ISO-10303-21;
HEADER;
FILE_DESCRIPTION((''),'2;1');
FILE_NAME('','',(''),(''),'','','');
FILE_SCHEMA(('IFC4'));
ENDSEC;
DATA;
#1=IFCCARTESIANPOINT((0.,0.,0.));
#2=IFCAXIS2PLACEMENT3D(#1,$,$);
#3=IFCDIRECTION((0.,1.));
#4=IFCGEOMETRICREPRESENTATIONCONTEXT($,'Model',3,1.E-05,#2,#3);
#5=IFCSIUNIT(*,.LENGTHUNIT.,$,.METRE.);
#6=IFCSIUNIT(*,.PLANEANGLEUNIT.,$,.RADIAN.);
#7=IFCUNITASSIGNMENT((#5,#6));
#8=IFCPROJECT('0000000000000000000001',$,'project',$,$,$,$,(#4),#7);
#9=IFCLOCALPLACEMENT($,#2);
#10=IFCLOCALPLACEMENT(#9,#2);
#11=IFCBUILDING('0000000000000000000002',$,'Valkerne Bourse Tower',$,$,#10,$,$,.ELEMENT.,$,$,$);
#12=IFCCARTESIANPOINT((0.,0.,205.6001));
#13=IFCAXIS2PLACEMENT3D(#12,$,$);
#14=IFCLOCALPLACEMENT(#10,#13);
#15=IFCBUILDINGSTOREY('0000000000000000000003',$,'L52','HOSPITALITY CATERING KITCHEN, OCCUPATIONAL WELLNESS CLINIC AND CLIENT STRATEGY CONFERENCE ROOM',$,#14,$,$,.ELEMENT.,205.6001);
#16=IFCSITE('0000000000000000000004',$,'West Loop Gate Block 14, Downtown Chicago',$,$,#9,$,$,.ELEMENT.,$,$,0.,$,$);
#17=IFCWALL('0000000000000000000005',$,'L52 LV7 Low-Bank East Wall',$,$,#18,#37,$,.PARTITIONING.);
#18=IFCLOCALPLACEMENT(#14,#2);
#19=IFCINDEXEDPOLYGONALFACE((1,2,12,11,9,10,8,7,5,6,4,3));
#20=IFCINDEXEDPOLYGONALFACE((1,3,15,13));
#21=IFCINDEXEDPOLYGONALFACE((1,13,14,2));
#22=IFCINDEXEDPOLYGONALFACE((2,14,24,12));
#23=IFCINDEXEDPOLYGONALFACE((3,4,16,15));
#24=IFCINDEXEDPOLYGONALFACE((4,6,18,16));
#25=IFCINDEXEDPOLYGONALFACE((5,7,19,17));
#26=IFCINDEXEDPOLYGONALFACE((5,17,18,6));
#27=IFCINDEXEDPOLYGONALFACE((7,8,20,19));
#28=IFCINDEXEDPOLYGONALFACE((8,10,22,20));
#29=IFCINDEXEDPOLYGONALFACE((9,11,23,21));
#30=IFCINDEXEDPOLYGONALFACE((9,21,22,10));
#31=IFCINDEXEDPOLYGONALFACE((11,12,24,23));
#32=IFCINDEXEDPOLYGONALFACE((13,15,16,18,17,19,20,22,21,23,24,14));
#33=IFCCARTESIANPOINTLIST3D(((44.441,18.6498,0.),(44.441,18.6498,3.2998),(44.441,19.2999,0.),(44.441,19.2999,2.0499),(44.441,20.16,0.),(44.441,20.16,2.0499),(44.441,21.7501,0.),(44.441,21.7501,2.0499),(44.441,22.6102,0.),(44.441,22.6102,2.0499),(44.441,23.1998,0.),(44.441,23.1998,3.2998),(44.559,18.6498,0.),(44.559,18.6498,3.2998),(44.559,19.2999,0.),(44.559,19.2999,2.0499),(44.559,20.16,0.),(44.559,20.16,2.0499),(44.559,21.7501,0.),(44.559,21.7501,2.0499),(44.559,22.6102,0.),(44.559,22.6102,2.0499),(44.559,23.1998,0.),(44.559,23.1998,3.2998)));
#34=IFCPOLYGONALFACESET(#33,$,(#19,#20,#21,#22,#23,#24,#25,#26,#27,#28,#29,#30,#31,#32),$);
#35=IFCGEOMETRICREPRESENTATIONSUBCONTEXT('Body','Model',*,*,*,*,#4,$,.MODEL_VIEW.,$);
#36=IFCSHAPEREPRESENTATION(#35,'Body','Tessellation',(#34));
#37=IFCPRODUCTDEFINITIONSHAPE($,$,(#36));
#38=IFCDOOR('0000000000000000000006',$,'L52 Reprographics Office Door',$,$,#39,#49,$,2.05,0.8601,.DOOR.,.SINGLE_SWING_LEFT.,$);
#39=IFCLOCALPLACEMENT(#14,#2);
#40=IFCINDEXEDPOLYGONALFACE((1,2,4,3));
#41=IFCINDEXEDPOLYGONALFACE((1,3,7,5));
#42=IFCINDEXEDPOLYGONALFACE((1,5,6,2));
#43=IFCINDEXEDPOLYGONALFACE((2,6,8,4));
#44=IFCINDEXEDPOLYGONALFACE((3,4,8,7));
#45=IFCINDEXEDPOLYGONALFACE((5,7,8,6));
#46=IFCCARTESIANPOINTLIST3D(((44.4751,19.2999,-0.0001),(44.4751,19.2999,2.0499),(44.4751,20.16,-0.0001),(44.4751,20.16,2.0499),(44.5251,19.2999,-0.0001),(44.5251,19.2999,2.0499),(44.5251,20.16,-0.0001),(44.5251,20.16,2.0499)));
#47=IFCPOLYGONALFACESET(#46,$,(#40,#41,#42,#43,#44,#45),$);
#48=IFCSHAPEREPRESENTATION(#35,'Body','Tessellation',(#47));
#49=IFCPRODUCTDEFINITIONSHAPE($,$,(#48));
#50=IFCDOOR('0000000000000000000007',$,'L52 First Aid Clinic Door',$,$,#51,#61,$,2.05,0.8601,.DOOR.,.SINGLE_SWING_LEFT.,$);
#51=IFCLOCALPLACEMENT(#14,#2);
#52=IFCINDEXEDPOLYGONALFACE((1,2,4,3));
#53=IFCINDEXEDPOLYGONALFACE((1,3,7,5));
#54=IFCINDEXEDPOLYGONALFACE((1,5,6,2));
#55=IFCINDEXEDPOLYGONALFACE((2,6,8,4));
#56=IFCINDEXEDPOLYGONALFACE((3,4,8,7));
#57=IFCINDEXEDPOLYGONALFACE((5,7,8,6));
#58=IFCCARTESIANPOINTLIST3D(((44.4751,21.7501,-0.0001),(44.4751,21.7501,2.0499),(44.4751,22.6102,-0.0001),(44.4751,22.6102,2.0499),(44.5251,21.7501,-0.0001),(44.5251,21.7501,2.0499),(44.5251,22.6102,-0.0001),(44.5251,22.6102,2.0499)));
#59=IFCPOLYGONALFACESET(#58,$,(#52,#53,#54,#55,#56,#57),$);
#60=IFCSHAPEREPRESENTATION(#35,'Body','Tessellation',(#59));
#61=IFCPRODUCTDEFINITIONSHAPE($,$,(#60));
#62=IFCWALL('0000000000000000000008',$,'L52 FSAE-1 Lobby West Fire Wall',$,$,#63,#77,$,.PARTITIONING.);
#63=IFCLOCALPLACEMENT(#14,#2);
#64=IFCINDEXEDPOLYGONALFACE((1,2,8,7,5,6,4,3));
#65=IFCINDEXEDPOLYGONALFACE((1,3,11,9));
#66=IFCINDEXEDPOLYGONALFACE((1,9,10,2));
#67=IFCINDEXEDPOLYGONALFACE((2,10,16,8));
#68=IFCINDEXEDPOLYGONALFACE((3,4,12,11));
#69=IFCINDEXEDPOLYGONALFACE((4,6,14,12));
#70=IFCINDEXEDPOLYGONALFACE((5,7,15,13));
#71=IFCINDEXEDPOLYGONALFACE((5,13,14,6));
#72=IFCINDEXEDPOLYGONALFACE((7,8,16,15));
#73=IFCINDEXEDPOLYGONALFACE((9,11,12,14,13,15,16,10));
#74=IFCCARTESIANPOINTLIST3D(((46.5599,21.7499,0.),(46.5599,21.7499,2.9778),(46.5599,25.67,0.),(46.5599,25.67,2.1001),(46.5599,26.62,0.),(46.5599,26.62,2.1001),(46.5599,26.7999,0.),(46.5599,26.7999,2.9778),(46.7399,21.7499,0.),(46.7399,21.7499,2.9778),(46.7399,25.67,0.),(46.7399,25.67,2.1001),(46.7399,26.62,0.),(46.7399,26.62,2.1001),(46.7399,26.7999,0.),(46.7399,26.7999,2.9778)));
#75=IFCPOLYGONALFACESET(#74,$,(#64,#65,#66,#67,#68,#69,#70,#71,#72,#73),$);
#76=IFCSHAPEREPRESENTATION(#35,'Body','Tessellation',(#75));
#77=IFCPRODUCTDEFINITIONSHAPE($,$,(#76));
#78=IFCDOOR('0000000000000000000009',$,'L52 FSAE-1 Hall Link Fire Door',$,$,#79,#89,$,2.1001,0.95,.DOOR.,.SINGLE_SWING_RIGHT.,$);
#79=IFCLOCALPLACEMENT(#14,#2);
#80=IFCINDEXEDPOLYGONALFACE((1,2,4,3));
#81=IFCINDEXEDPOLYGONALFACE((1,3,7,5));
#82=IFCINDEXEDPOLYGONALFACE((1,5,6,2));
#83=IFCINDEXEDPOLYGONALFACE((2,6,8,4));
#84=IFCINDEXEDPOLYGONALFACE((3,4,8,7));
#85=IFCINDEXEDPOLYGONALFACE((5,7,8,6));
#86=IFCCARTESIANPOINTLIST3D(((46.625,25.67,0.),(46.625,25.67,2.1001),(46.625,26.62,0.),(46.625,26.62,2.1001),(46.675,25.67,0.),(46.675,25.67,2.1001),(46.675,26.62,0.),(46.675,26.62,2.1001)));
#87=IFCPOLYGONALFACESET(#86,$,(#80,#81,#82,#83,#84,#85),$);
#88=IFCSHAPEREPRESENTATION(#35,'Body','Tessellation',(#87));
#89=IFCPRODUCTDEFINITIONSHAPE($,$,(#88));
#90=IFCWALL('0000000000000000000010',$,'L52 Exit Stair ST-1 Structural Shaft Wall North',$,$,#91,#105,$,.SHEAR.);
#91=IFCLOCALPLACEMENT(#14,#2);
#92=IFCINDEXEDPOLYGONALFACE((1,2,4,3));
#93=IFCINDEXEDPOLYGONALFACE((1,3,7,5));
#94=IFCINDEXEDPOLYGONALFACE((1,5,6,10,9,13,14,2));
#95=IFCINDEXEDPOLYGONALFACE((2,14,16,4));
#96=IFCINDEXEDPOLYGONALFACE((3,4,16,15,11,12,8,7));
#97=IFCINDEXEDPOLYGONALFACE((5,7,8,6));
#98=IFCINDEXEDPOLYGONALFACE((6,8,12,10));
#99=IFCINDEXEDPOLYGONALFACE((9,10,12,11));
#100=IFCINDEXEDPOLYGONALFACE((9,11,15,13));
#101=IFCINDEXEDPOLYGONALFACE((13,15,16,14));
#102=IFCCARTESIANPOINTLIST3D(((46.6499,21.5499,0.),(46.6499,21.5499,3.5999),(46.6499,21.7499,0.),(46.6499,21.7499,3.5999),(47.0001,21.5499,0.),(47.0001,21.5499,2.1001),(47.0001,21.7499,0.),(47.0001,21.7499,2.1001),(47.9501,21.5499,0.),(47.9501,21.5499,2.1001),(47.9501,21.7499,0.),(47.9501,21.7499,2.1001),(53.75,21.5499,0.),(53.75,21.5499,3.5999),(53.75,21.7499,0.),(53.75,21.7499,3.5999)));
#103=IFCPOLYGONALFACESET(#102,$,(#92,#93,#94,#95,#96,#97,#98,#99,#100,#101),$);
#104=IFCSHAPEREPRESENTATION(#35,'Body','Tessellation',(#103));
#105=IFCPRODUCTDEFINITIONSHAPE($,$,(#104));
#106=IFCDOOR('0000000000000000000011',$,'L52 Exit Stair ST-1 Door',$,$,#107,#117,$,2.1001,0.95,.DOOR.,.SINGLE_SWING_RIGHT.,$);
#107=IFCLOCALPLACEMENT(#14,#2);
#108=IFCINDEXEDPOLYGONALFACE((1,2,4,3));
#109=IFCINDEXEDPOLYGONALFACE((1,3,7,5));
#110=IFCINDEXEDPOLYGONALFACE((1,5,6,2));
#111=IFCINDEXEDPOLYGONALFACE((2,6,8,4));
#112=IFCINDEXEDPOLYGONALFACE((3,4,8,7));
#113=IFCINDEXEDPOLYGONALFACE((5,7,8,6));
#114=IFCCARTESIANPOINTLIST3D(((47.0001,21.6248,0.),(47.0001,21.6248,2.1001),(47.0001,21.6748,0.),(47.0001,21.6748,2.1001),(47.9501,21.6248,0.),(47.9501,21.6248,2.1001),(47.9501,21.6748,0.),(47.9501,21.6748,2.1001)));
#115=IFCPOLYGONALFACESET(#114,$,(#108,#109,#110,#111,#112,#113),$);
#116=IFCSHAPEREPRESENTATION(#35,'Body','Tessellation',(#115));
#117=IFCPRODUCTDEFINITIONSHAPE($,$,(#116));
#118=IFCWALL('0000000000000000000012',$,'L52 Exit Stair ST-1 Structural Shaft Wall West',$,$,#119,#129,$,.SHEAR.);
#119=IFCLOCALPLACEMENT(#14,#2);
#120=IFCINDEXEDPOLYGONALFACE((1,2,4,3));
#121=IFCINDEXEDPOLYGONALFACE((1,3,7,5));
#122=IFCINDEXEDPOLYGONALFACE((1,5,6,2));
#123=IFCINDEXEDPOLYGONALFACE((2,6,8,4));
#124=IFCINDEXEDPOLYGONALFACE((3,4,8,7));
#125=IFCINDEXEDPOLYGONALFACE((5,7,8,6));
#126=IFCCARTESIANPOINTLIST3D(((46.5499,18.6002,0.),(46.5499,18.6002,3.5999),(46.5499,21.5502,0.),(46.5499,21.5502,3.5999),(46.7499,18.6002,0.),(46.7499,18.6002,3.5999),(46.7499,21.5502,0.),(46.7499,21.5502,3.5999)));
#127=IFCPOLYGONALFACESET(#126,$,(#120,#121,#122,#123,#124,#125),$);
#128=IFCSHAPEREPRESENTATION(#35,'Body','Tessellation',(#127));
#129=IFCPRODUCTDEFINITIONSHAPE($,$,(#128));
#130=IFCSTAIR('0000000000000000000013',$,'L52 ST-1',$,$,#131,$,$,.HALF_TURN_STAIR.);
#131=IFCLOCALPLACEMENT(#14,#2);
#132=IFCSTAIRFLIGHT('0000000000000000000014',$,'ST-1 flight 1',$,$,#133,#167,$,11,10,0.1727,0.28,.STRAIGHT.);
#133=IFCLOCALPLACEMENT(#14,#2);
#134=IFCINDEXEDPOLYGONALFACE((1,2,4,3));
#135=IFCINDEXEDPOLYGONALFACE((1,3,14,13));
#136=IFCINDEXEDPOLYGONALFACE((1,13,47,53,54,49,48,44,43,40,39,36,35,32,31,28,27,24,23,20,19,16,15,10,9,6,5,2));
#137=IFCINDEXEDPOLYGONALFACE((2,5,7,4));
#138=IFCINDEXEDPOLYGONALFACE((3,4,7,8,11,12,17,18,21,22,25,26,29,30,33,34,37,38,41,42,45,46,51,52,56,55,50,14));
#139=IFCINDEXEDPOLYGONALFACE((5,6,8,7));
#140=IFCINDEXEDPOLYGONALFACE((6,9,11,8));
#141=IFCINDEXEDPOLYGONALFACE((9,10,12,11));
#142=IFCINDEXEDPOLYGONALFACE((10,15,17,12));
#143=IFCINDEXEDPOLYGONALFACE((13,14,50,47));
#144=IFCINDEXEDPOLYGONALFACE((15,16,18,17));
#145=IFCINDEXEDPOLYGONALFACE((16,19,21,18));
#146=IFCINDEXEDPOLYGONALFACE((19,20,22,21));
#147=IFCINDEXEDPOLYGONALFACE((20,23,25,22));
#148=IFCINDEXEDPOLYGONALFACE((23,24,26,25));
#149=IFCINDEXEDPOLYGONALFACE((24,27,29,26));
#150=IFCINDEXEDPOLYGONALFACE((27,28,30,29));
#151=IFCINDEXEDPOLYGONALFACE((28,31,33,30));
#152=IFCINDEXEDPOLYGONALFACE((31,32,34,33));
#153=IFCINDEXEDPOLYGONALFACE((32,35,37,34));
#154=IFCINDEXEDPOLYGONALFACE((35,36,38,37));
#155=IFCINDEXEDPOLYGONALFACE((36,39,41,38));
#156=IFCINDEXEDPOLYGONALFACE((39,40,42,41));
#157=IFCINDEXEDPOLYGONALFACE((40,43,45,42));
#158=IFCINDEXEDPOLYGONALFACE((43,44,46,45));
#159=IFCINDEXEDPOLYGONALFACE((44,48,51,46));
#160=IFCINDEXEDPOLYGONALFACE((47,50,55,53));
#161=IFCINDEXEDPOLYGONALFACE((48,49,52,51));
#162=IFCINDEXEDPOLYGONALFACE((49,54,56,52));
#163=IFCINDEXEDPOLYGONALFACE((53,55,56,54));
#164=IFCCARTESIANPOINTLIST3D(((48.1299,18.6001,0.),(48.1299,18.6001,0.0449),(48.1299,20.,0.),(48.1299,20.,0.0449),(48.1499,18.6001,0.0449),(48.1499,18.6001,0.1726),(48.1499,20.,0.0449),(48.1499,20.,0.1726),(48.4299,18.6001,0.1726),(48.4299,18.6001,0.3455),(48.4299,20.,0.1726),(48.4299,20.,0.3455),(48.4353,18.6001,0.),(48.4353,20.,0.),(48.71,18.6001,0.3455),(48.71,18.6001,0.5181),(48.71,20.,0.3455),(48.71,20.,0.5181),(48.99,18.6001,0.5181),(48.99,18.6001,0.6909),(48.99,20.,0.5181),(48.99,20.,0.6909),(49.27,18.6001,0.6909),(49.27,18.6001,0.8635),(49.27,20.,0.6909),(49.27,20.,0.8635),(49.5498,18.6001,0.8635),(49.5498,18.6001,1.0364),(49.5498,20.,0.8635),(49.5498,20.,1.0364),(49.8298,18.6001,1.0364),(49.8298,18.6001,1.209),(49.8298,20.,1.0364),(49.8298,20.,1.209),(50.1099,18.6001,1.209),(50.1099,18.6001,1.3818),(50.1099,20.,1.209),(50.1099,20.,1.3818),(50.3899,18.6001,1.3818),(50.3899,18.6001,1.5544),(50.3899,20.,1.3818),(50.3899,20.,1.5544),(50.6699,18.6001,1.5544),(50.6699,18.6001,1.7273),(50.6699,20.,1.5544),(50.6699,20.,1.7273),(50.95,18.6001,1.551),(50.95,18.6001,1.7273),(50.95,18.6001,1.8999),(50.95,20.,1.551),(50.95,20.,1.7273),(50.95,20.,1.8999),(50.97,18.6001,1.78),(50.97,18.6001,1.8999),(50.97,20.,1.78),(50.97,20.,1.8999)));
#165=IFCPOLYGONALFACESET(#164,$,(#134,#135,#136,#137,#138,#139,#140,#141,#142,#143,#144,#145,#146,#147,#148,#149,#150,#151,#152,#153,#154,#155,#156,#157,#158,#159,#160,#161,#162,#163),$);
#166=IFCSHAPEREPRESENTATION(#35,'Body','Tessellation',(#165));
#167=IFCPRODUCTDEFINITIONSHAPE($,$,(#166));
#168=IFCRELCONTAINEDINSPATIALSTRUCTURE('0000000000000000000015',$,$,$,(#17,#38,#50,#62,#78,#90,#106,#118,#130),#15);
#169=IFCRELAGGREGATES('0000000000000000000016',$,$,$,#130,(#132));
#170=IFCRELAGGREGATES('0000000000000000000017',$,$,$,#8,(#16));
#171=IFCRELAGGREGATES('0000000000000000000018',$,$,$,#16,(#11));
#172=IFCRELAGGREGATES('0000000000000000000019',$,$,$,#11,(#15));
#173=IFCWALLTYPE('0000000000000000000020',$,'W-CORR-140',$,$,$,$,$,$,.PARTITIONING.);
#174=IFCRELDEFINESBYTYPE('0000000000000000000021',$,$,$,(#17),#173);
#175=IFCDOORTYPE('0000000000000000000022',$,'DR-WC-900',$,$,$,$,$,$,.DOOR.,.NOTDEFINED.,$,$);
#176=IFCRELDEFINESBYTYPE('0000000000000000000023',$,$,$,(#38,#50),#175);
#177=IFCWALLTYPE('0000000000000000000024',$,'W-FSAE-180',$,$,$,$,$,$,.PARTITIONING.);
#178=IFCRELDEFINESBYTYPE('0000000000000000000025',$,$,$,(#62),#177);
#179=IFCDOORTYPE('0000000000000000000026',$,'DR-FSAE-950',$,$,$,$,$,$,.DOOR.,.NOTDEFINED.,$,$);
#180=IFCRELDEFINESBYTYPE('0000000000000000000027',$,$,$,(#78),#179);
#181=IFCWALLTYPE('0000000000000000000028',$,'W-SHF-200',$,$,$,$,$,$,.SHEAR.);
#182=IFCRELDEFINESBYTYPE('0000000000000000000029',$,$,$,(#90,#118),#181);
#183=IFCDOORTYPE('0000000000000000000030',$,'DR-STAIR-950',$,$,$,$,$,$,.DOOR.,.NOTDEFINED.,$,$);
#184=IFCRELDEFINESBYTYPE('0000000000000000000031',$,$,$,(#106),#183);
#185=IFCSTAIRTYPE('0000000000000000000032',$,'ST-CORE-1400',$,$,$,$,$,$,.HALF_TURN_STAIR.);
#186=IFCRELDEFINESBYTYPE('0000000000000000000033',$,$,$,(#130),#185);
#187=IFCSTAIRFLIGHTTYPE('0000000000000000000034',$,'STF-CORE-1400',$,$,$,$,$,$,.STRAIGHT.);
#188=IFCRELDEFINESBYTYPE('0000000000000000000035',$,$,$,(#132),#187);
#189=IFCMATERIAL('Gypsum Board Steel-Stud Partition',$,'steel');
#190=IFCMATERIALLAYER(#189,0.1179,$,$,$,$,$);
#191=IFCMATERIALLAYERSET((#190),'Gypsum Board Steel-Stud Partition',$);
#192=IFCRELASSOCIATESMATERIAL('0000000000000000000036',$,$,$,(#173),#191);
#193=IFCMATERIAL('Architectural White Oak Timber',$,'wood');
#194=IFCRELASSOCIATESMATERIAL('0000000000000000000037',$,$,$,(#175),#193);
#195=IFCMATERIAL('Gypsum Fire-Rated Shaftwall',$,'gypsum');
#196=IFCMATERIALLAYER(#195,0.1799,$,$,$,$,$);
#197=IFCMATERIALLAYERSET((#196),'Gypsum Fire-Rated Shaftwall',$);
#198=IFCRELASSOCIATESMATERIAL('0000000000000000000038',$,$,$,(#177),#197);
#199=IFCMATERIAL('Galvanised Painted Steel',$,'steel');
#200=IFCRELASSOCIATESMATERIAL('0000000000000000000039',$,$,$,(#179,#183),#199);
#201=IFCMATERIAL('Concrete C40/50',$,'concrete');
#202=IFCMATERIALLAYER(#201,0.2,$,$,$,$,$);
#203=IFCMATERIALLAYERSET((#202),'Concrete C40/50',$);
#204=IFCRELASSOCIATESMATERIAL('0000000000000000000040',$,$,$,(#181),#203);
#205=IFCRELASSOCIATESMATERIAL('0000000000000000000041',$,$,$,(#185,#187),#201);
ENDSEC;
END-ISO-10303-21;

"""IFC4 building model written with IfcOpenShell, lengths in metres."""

from ifc_helpers import new_model, si_unit, direction, frame, frame_2d, origin, place, context, subcontext, project, spatial, polyline, rectangle, outline, extrude, material, layer, layer_set, type_object, element, fill, aggregate, save


model = new_model("IFC4")

# Units and contexts
model_context = context("Model", 3, precision=1e-05, world=origin(), true_north=direction((0.0, 1.0)))
body_context = subcontext(model_context, "Body", "Model", "MODEL_VIEW")
ifc_project = project(units=[si_unit("LENGTHUNIT", "METRE"), si_unit("PLANEANGLEUNIT", "RADIAN")], contexts=[model_context])

# Site, building, storey
site_placement = place(None, origin())
site = spatial("IfcSite", under=ifc_project, at=site_placement, Name="West Loop Gate Block 14, Downtown Chicago", CompositionType="ELEMENT", RefElevation=0.0)
building_placement = place(site_placement, origin())
building = spatial("IfcBuilding", under=site, at=building_placement, Name="Valkerne Bourse Tower", CompositionType="ELEMENT")
storey_placement = place(building_placement, frame((0.0, 0.0, 205.6001)))
storey = spatial("IfcBuildingStorey", under=building, at=storey_placement, Name="L52", Description="HOSPITALITY CATERING KITCHEN, OCCUPATIONAL WELLNESS CLINIC AND CLIENT STRATEGY CONFERENCE ROOM", CompositionType="ELEMENT", Elevation=205.6001)

# Wall, openings, doors
ifc_material_1 = material(Name="Gypsum Board Steel-Stud Partition", Category="steel")
ifc_layer_1 = layer(ifc_material_1, 0.1179)
ifc_layer_set_1 = layer_set([ifc_layer_1], Name="Gypsum Board Steel-Stud Partition")
wall_type_1 = type_object("IfcWallType", Name="W-CORR-140", PredefinedType="PARTITIONING", material=ifc_layer_set_1)
wall_1_placement = place(storey_placement, frame((44.5, 18.6499, 0.0), z_axis=(0.0, 0.0, 1.0), x_axis=(0.0, 1.0, 0.0)))
wall_1 = element("IfcWall", 1, at=wall_1_placement, inside=storey, type_object=wall_type_1, Name="L52 LV7 Low-Bank East Wall", PredefinedType="PARTITIONING", context=body_context, shape_type="SweptSolid", body=[
    extrude(rectangle(XDim=4.55, YDim=0.1179, at=frame_2d((2.2749, 0.0))), origin(), (0.0, 0.0, 1.0), 3.2998),
])
opening_1_placement = place(wall_1_placement, frame((0.6499, 0.0, 0.0)))
opening_1 = element("IfcOpeningElement", 2, at=opening_1_placement, cuts=wall_1, PredefinedType="OPENING", context=body_context, shape_type="SweptSolid", body=[
    extrude(rectangle(XDim=0.8601, YDim=2.05, at=frame_2d((0.4302, 1.0249))), frame((0.0, 0.0688, 0.0), z_axis=(0.0, -1.0, 0.0), x_axis=(1.0, 0.0, 0.0)), (0.0, 0.0, 1.0), 0.1379),
])
opening_2_placement = place(wall_1_placement, frame((3.1001, 0.0, 0.0)))
opening_2 = element("IfcOpeningElement", 3, at=opening_2_placement, cuts=wall_1, PredefinedType="OPENING", context=body_context, shape_type="SweptSolid", body=[
    extrude(rectangle(XDim=0.8601, YDim=2.05, at=frame_2d((0.4302, 1.0249))), frame((0.0, 0.0688, 0.0), z_axis=(0.0, -1.0, 0.0), x_axis=(1.0, 0.0, 0.0)), (0.0, 0.0, 1.0), 0.1379),
])
ifc_material_2 = material(Name="Architectural White Oak Timber", Category="wood")
door_type_1 = type_object("IfcDoorType", Name="DR-WC-900", OperationType="NOTDEFINED", PredefinedType="DOOR", material=ifc_material_2)
door_1_placement = place(opening_1_placement, origin())
door_1 = element("IfcDoor", 4, at=door_1_placement, inside=storey, type_object=door_type_1, Name="L52 Reprographics Office Door", OperationType="SINGLE_SWING_LEFT", OverallHeight=2.05, OverallWidth=0.8601, PredefinedType="DOOR", context=body_context, shape_type="SweptSolid", body=[
    extrude(rectangle(XDim=0.8601, YDim=2.05, at=frame_2d((0.4302, 1.0249))), frame((0.0, 0.0249, 0.0), z_axis=(0.0, -1.0, 0.0), x_axis=(1.0, 0.0, 0.0)), (0.0, 0.0, 1.0), 0.05),
])
fill(opening_1, door_1)
door_2_placement = place(opening_2_placement, origin())
door_2 = element("IfcDoor", 5, at=door_2_placement, inside=storey, type_object=door_type_1, Name="L52 First Aid Clinic Door", OperationType="SINGLE_SWING_LEFT", OverallHeight=2.05, OverallWidth=0.8601, PredefinedType="DOOR", context=body_context, shape_type="SweptSolid", body=[
    extrude(rectangle(XDim=0.8601, YDim=2.05, at=frame_2d((0.4302, 1.0249))), frame((0.0, 0.0249, 0.0), z_axis=(0.0, -1.0, 0.0), x_axis=(1.0, 0.0, 0.0)), (0.0, 0.0, 1.0), 0.05),
])
fill(opening_2, door_2)

# Wall, opening, door
ifc_material_3 = material(Name="Gypsum Fire-Rated Shaftwall", Category="gypsum")
ifc_layer_2 = layer(ifc_material_3, 0.1799)
ifc_layer_set_2 = layer_set([ifc_layer_2], Name="Gypsum Fire-Rated Shaftwall")
wall_type_2 = type_object("IfcWallType", Name="W-FSAE-180", PredefinedType="PARTITIONING", material=ifc_layer_set_2)
wall_2_placement = place(storey_placement, frame((46.6499, 21.75, 0.0), z_axis=(0.0, 0.0, 1.0), x_axis=(0.0, 1.0, 0.0)))
wall_2 = element("IfcWall", 6, at=wall_2_placement, inside=storey, type_object=wall_type_2, Name="L52 FSAE-1 Lobby West Fire Wall", PredefinedType="PARTITIONING", context=body_context, shape_type="SweptSolid", body=[
    extrude(rectangle(XDim=5.05, YDim=0.1799, at=frame_2d((2.5249, 0.0))), origin(), (0.0, 0.0, 1.0), 2.9778),
])
opening_3_placement = place(wall_2_placement, frame((3.9199, 0.0, 0.0)))
opening_3 = element("IfcOpeningElement", 7, at=opening_3_placement, cuts=wall_2, PredefinedType="OPENING", context=body_context, shape_type="SweptSolid", body=[
    extrude(rectangle(XDim=0.95, YDim=2.1001, at=frame_2d((0.4751, 1.05))), frame((0.0, 0.0999, 0.0), z_axis=(0.0, -1.0, 0.0), x_axis=(1.0, 0.0, 0.0)), (0.0, 0.0, 1.0), 0.2),
])
ifc_material_4 = material(Name="Galvanised Painted Steel", Category="steel")
door_type_2 = type_object("IfcDoorType", Name="DR-FSAE-950", OperationType="NOTDEFINED", PredefinedType="DOOR", material=ifc_material_4)
door_3_placement = place(opening_3_placement, origin())
door_3 = element("IfcDoor", 8, at=door_3_placement, inside=storey, type_object=door_type_2, Name="L52 FSAE-1 Hall Link Fire Door", OperationType="SINGLE_SWING_RIGHT", OverallHeight=2.1001, OverallWidth=0.95, PredefinedType="DOOR", context=body_context, shape_type="SweptSolid", body=[
    extrude(rectangle(XDim=0.95, YDim=2.1001, at=frame_2d((0.4751, 1.05))), frame((0.0, 0.0249, 0.0), z_axis=(0.0, -1.0, 0.0), x_axis=(1.0, 0.0, 0.0)), (0.0, 0.0, 1.0), 0.05),
])
fill(opening_3, door_3)

# Wall, opening, door
ifc_material_5 = material(Name="Concrete C40/50", Category="concrete")
ifc_layer_3 = layer(ifc_material_5, 0.2)
ifc_layer_set_3 = layer_set([ifc_layer_3], Name="Concrete C40/50")
wall_type_3 = type_object("IfcWallType", Name="W-SHF-200", PredefinedType="SHEAR", material=ifc_layer_set_3)
wall_3_placement = place(storey_placement, frame((46.6499, 21.6499, 0.0), z_axis=(0.0, 0.0, 1.0), x_axis=(1.0, 0.0, 0.0)))
wall_3 = element("IfcWall", 9, at=wall_3_placement, inside=storey, type_object=wall_type_3, Name="L52 Exit Stair ST-1 Structural Shaft Wall North", PredefinedType="SHEAR", context=body_context, shape_type="SweptSolid", body=[
    extrude(rectangle(XDim=7.1001, YDim=0.2, at=frame_2d((3.55, 0.0))), origin(), (0.0, 0.0, 1.0), 3.5999),
])
opening_4_placement = place(wall_3_placement, frame((0.3501, 0.0, 0.0)))
opening_4 = element("IfcOpeningElement", 10, at=opening_4_placement, cuts=wall_3, PredefinedType="OPENING", context=body_context, shape_type="SweptSolid", body=[
    extrude(rectangle(XDim=0.95, YDim=2.1001, at=frame_2d((0.4751, 1.05))), frame((0.0, 0.1099, 0.0), z_axis=(0.0, -1.0, 0.0), x_axis=(1.0, 0.0, 0.0)), (0.0, 0.0, 1.0), 0.22),
])
door_type_3 = type_object("IfcDoorType", Name="DR-STAIR-950", OperationType="NOTDEFINED", PredefinedType="DOOR", material=ifc_material_4)
door_4_placement = place(opening_4_placement, origin())
door_4 = element("IfcDoor", 11, at=door_4_placement, inside=storey, type_object=door_type_3, Name="L52 Exit Stair ST-1 Door", OperationType="SINGLE_SWING_RIGHT", OverallHeight=2.1001, OverallWidth=0.95, PredefinedType="DOOR", context=body_context, shape_type="SweptSolid", body=[
    extrude(rectangle(XDim=0.95, YDim=2.1001, at=frame_2d((0.4751, 1.05))), frame((0.0, 0.0249, 0.0), z_axis=(0.0, -1.0, 0.0), x_axis=(1.0, 0.0, 0.0)), (0.0, 0.0, 1.0), 0.05),
])
fill(opening_4, door_4)

# Wall
wall_4_placement = place(storey_placement, frame((46.6499, 18.6001, 0.0), z_axis=(0.0, 0.0, 1.0), x_axis=(0.0, 1.0, 0.0)))
element("IfcWall", 12, at=wall_4_placement, inside=storey, type_object=wall_type_3, Name="L52 Exit Stair ST-1 Structural Shaft Wall West", PredefinedType="SHEAR", context=body_context, shape_type="SweptSolid", body=[
    extrude(rectangle(XDim=2.95, YDim=0.2, at=frame_2d((1.4751, 0.0))), origin(), (0.0, 0.0, 1.0), 3.5999),
])

# Stair, stair flight
stair_type = type_object("IfcStairType", Name="ST-CORE-1400", PredefinedType="HALF_TURN_STAIR", material=ifc_material_5)
stair_placement = place(storey_placement, origin())
stair = element("IfcStair", 13, at=stair_placement, inside=storey, type_object=stair_type, Name="L52 ST-1", PredefinedType="HALF_TURN_STAIR")
stair_flight_type = type_object("IfcStairFlightType", Name="STF-CORE-1400", PredefinedType="STRAIGHT", material=ifc_material_5)
stair_flight_1_placement = place(storey_placement, frame((48.1499, 19.3, 0.0), z_axis=(0.0, 0.0, 1.0), x_axis=(1.0, 0.0, 0.0)))
stair_flight_1 = element("IfcStairFlight", 14, at=stair_flight_1_placement, type_object=stair_flight_type, Name="ST-1 flight 1", NumberOfRisers=11, NumberOfTreads=10, PredefinedType="STRAIGHT", RiserHeight=0.1727, TreadLength=0.28, context=body_context, shape_type="SweptSolid", body=[
    extrude(outline(polyline([(-0.02, 0.0), (-0.02, 0.0449), (0.0, 0.0449), (0.0, 0.1726), (0.28, 0.1726), (0.28, 0.3455), (0.5601, 0.3455), (0.5601, 0.5181), (0.8401, 0.5181), (0.8401, 0.6909), (1.1201, 0.6909), (1.1201, 0.8635), (1.3999, 0.8635), (1.3999, 1.0364), (1.6799, 1.0364), (1.6799, 1.209), (1.96, 1.209), (1.96, 1.3818), (2.24, 1.3818), (2.24, 1.5544), (2.52, 1.5544), (2.52, 1.7273), (2.8, 1.7273), (2.8, 1.8999), (2.8201, 1.8999), (2.8201, 1.78), (2.8, 1.551), (0.2854, 0.0), (-0.02, 0.0)])), frame((0.0, 0.7, 0.0), z_axis=(0.0, -1.0, 0.0), x_axis=(1.0, 0.0, 0.0)), (0.0, 0.0, 1.0), 1.3999),
])
aggregate(stair, [stair_flight_1])

save(model, "model.ifc")
